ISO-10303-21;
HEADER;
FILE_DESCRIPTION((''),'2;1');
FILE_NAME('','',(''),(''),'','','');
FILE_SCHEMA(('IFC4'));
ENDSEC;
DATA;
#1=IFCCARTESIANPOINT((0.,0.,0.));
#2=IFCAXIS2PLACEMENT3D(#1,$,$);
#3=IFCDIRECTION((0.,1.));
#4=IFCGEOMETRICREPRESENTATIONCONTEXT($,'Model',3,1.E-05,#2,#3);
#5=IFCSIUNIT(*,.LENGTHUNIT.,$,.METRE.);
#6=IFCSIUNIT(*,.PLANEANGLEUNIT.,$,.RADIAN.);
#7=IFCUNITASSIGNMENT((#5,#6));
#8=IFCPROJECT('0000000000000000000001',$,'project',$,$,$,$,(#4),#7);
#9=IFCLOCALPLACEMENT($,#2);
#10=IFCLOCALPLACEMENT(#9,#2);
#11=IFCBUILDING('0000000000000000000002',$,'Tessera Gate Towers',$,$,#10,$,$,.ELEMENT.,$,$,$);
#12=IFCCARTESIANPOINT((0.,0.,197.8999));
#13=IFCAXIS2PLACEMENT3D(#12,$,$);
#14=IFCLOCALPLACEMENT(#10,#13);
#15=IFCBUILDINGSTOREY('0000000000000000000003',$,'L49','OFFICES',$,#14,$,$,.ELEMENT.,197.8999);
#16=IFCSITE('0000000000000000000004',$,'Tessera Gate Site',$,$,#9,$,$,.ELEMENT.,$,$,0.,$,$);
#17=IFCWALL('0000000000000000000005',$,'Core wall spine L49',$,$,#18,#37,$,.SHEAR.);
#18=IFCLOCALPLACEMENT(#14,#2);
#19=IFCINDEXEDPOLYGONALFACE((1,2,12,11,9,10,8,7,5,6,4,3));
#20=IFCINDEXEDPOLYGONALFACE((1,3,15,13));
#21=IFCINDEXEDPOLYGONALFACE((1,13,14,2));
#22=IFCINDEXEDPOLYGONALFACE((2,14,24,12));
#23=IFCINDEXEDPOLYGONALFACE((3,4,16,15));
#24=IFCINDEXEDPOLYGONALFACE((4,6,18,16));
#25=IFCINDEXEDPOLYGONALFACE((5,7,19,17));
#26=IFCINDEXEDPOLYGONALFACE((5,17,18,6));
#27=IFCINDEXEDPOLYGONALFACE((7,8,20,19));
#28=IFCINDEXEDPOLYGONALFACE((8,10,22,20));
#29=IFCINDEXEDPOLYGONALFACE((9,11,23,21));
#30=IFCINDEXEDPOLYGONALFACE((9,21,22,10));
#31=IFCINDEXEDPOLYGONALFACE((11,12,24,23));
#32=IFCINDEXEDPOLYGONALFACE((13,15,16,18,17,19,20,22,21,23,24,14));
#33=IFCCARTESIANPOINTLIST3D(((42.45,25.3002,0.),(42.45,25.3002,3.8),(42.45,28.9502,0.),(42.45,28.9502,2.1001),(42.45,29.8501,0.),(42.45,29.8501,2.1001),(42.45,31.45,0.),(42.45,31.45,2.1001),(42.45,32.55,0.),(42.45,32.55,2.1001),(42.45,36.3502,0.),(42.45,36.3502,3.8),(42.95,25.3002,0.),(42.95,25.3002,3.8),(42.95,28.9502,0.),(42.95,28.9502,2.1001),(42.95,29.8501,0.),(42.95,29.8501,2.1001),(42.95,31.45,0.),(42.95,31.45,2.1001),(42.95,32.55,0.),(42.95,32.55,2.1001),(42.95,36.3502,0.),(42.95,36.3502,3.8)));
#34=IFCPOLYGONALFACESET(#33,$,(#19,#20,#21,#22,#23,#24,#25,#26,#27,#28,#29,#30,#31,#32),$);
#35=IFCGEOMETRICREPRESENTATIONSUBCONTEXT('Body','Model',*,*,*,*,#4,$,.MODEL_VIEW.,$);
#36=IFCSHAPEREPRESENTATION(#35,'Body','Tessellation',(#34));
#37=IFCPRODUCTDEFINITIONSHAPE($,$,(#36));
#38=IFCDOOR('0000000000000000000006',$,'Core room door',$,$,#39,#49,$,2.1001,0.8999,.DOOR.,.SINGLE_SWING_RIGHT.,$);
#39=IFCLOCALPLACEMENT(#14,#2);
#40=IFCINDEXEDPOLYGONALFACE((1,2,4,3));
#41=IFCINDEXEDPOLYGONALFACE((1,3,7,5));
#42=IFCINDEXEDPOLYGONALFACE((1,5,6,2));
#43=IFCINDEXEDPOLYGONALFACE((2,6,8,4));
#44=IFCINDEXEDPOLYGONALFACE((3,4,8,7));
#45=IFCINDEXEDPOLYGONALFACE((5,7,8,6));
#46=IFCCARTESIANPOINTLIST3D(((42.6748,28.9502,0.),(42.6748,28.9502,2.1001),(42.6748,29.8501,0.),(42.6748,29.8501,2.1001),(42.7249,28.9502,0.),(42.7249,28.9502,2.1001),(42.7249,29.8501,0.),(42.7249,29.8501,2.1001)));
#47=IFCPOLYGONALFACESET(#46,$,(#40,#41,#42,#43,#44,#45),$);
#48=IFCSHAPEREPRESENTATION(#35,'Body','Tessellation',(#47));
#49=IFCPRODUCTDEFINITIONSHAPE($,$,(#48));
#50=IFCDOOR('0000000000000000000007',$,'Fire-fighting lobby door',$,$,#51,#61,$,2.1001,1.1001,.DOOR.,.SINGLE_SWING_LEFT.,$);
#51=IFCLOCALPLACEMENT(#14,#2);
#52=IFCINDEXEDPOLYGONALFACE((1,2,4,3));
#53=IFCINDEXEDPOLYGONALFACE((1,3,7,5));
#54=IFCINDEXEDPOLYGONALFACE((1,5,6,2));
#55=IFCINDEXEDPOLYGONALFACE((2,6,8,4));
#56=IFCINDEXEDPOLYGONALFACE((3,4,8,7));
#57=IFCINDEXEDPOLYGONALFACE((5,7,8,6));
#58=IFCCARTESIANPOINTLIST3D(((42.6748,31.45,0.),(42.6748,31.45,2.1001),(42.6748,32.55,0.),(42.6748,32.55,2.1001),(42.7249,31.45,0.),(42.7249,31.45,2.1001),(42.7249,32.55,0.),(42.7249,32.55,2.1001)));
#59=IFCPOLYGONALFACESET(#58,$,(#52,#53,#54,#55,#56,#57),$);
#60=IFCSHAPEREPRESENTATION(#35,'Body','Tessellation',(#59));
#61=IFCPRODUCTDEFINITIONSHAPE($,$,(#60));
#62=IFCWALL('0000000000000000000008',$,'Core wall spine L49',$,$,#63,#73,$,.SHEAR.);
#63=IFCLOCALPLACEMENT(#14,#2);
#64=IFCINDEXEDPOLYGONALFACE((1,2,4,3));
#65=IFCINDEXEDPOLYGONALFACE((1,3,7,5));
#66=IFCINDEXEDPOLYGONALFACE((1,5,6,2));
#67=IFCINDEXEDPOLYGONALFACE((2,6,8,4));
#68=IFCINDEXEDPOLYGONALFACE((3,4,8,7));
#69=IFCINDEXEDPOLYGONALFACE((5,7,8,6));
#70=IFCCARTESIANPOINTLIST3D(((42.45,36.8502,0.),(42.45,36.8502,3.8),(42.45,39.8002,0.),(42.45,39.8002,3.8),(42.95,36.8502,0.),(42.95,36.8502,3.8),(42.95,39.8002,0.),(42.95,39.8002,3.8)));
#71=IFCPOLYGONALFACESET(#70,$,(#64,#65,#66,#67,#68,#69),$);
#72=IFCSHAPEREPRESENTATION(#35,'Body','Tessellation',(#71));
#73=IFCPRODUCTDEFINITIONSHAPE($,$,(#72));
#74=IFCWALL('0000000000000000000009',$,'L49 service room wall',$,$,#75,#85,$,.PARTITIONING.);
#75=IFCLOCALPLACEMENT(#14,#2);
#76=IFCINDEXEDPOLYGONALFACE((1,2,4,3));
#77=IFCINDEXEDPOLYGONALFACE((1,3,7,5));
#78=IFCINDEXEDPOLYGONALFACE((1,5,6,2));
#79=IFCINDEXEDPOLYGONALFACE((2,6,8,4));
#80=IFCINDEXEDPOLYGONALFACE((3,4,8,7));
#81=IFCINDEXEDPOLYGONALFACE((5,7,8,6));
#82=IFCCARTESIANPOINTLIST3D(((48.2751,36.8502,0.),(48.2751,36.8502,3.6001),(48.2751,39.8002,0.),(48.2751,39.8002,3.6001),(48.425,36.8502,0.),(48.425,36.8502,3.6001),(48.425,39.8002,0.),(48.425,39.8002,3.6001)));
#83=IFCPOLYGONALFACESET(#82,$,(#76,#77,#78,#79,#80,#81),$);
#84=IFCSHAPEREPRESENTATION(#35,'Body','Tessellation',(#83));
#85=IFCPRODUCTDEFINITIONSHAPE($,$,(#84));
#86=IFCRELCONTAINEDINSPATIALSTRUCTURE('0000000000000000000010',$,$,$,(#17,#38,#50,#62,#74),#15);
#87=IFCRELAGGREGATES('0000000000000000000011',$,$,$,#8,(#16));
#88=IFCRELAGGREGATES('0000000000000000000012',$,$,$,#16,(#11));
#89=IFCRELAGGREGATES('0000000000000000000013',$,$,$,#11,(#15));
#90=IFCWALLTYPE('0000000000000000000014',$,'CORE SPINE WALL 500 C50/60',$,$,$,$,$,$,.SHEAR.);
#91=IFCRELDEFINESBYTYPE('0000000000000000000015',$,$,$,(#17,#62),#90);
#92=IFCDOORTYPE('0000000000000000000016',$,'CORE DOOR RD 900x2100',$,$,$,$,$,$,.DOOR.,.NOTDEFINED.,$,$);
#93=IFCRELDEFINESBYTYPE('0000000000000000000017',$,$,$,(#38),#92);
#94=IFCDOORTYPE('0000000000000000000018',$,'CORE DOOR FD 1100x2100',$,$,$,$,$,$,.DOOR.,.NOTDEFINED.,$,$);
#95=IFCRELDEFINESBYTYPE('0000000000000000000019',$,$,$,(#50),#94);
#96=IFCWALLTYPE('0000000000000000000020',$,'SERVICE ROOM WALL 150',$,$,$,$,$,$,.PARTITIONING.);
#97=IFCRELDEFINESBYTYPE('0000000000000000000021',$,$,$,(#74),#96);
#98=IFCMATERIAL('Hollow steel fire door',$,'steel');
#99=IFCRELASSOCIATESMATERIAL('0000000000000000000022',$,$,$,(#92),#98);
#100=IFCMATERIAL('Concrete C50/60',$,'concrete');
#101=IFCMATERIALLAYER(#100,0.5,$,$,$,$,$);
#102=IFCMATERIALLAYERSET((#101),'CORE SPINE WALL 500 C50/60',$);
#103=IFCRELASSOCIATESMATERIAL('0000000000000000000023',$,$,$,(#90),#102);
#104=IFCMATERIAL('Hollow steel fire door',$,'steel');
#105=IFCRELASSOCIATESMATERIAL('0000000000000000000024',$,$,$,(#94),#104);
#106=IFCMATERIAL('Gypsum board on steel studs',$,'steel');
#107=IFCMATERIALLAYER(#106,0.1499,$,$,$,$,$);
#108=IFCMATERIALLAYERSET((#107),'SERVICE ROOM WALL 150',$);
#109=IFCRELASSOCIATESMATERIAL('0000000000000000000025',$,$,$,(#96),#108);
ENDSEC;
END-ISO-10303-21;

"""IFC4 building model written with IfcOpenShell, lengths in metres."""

from ifc_helpers import new_model, si_unit, direction, frame, frame_2d, origin, place, context, subcontext, project, spatial, rectangle, extrude, source, transform, mapped, material, layer, layer_set, type_object, element, fill, save


model = new_model("IFC4")

# Units and contexts
model_context = context("Model", 3, precision=1e-05, world=origin(), true_north=direction((0.0, 1.0)))
body_context = subcontext(model_context, "Body", "Model", "MODEL_VIEW")
ifc_project = project(units=[si_unit("LENGTHUNIT", "METRE"), si_unit("PLANEANGLEUNIT", "RADIAN")], contexts=[model_context])

# Site, building, storey
site_placement = place(None, origin())
site = spatial("IfcSite", under=ifc_project, at=site_placement, Name="Tessera Gate Site", CompositionType="ELEMENT", RefElevation=0.0)
building_placement = place(site_placement, origin())
building = spatial("IfcBuilding", under=site, at=building_placement, Name="Tessera Gate Towers", CompositionType="ELEMENT")
storey_placement = place(building_placement, frame((0.0, 0.0, 197.8999)))
storey = spatial("IfcBuildingStorey", under=building, at=storey_placement, Name="L49", Description="OFFICES", CompositionType="ELEMENT", Elevation=197.8999)

# Shared definitions
shared_shape_1 = source(origin(), body_context, "Body", "SweptSolid", [
    extrude(rectangle(XDim=1.1001, YDim=2.1001, at=frame_2d((0.55, 1.05))), frame((0.0, 0.0249, 0.0), z_axis=(0.0, -1.0, 0.0), x_axis=(1.0, 0.0, 0.0)), (0.0, 0.0, 1.0), 0.05),
])

# Shared definitions
ifc_material_1 = material(Name="Hollow steel fire door", Category="steel")
door_type_1 = type_object("IfcDoorType", Name="CORE DOOR RD 900x2100", OperationType="NOTDEFINED", PredefinedType="DOOR", material=ifc_material_1)
shared_shape_2 = source(origin(), body_context, "Body", "SweptSolid", [
    extrude(rectangle(XDim=0.8999, YDim=2.1001, at=frame_2d((0.45, 1.05))), frame((0.0, 0.0249, 0.0), z_axis=(0.0, -1.0, 0.0), x_axis=(1.0, 0.0, 0.0)), (0.0, 0.0, 1.0), 0.05),
])

# Wall, openings, doors
ifc_material_2 = material(Name="Concrete C50/60", Category="concrete")
ifc_layer_1 = layer(ifc_material_2, 0.5)
ifc_layer_set_1 = layer_set([ifc_layer_1], Name="CORE SPINE WALL 500 C50/60")
wall_type_1 = type_object("IfcWallType", Name="CORE SPINE WALL 500 C50/60", PredefinedType="SHEAR", material=ifc_layer_set_1)
wall_1_placement = place(storey_placement, frame((42.7, 36.3501, 0.0), z_axis=(0.0, 0.0, 1.0), x_axis=(0.0, -1.0, 0.0)))
wall_1 = element("IfcWall", 1, at=wall_1_placement, inside=storey, type_object=wall_type_1, Name="Core wall spine L49", PredefinedType="SHEAR", context=body_context, shape_type="SweptSolid", body=[
    extrude(rectangle(XDim=11.05, YDim=0.5, at=frame_2d((5.5249, 0.0))), origin(), (0.0, 0.0, 1.0), 3.8),
])
shared_shape_3 = source(origin(), body_context, "Body", "SweptSolid", [
    extrude(rectangle(XDim=0.8999, YDim=2.1001, at=frame_2d((0.45, 1.05))), frame((0.0, 0.26, 0.0), z_axis=(0.0, -1.0, 0.0), x_axis=(1.0, 0.0, 0.0)), (0.0, 0.0, 1.0), 0.52),
])
opening_1_placement = place(wall_1_placement, frame((6.5, 0.0, 0.0)))
opening_1 = element("IfcOpeningElement", 2, at=opening_1_placement, cuts=wall_1, PredefinedType="OPENING", context=body_context, shape_type="MappedRepresentation", body=[
    mapped(shared_shape_3, transform((0.0, 0.0, 0.0), scale=1.0)),
])
shared_shape_4 = source(origin(), body_context, "Body", "SweptSolid", [
    extrude(rectangle(XDim=1.1001, YDim=2.1001, at=frame_2d((0.55, 1.05))), frame((0.0, 0.26, 0.0), z_axis=(0.0, -1.0, 0.0), x_axis=(1.0, 0.0, 0.0)), (0.0, 0.0, 1.0), 0.52),
])
opening_2_placement = place(wall_1_placement, frame((3.8, 0.0, 0.0)))
opening_2 = element("IfcOpeningElement", 3, at=opening_2_placement, cuts=wall_1, PredefinedType="OPENING", context=body_context, shape_type="MappedRepresentation", body=[
    mapped(shared_shape_4, transform((0.0, 0.0, 0.0), scale=1.0)),
])
door_1_placement = place(opening_1_placement, origin())
door_1 = element("IfcDoor", 4, at=door_1_placement, inside=storey, type_object=door_type_1, Name="Core room door", OperationType="SINGLE_SWING_RIGHT", OverallHeight=2.1001, OverallWidth=0.8999, PredefinedType="DOOR", context=body_context, shape_type="MappedRepresentation", body=[
    mapped(shared_shape_2, transform((0.0, 0.0, 0.0), scale=1.0)),
])
fill(opening_1, door_1)
ifc_material_3 = material(Name="Hollow steel fire door", Category="steel")
door_type_2 = type_object("IfcDoorType", Name="CORE DOOR FD 1100x2100", OperationType="NOTDEFINED", PredefinedType="DOOR", material=ifc_material_3)
door_2_placement = place(opening_2_placement, origin())
door_2 = element("IfcDoor", 5, at=door_2_placement, inside=storey, type_object=door_type_2, Name="Fire-fighting lobby door", OperationType="SINGLE_SWING_LEFT", OverallHeight=2.1001, OverallWidth=1.1001, PredefinedType="DOOR", context=body_context, shape_type="MappedRepresentation", body=[
    mapped(shared_shape_1, transform((0.0, 0.0, 0.0), scale=1.0)),
])
fill(opening_2, door_2)

# Walls
wall_2_placement = place(storey_placement, frame((42.7, 36.8501, 0.0), z_axis=(0.0, 0.0, 1.0), x_axis=(0.0, 1.0, 0.0)))
element("IfcWall", 6, at=wall_2_placement, inside=storey, type_object=wall_type_1, Name="Core wall spine L49", PredefinedType="SHEAR", context=body_context, shape_type="SweptSolid", body=[
    extrude(rectangle(XDim=2.95, YDim=0.5, at=frame_2d((1.4751, 0.0))), origin(), (0.0, 0.0, 1.0), 3.8),
])
ifc_material_4 = material(Name="Gypsum board on steel studs", Category="steel")
ifc_layer_2 = layer(ifc_material_4, 0.1499)
ifc_layer_set_2 = layer_set([ifc_layer_2], Name="SERVICE ROOM WALL 150")
wall_type_2 = type_object("IfcWallType", Name="SERVICE ROOM WALL 150", PredefinedType="PARTITIONING", material=ifc_layer_set_2)
wall_3_placement = place(storey_placement, frame((48.3501, 36.8501, 0.0), z_axis=(0.0, 0.0, 1.0), x_axis=(0.0, 1.0, 0.0)))
element("IfcWall", 7, at=wall_3_placement, inside=storey, type_object=wall_type_2, Name="L49 service room wall", PredefinedType="PARTITIONING", context=body_context, shape_type="SweptSolid", body=[
    extrude(rectangle(XDim=2.95, YDim=0.1499, at=frame_2d((1.4751, 0.0))), origin(), (0.0, 0.0, 1.0), 3.6001),
])

save(model, "model.ifc")
